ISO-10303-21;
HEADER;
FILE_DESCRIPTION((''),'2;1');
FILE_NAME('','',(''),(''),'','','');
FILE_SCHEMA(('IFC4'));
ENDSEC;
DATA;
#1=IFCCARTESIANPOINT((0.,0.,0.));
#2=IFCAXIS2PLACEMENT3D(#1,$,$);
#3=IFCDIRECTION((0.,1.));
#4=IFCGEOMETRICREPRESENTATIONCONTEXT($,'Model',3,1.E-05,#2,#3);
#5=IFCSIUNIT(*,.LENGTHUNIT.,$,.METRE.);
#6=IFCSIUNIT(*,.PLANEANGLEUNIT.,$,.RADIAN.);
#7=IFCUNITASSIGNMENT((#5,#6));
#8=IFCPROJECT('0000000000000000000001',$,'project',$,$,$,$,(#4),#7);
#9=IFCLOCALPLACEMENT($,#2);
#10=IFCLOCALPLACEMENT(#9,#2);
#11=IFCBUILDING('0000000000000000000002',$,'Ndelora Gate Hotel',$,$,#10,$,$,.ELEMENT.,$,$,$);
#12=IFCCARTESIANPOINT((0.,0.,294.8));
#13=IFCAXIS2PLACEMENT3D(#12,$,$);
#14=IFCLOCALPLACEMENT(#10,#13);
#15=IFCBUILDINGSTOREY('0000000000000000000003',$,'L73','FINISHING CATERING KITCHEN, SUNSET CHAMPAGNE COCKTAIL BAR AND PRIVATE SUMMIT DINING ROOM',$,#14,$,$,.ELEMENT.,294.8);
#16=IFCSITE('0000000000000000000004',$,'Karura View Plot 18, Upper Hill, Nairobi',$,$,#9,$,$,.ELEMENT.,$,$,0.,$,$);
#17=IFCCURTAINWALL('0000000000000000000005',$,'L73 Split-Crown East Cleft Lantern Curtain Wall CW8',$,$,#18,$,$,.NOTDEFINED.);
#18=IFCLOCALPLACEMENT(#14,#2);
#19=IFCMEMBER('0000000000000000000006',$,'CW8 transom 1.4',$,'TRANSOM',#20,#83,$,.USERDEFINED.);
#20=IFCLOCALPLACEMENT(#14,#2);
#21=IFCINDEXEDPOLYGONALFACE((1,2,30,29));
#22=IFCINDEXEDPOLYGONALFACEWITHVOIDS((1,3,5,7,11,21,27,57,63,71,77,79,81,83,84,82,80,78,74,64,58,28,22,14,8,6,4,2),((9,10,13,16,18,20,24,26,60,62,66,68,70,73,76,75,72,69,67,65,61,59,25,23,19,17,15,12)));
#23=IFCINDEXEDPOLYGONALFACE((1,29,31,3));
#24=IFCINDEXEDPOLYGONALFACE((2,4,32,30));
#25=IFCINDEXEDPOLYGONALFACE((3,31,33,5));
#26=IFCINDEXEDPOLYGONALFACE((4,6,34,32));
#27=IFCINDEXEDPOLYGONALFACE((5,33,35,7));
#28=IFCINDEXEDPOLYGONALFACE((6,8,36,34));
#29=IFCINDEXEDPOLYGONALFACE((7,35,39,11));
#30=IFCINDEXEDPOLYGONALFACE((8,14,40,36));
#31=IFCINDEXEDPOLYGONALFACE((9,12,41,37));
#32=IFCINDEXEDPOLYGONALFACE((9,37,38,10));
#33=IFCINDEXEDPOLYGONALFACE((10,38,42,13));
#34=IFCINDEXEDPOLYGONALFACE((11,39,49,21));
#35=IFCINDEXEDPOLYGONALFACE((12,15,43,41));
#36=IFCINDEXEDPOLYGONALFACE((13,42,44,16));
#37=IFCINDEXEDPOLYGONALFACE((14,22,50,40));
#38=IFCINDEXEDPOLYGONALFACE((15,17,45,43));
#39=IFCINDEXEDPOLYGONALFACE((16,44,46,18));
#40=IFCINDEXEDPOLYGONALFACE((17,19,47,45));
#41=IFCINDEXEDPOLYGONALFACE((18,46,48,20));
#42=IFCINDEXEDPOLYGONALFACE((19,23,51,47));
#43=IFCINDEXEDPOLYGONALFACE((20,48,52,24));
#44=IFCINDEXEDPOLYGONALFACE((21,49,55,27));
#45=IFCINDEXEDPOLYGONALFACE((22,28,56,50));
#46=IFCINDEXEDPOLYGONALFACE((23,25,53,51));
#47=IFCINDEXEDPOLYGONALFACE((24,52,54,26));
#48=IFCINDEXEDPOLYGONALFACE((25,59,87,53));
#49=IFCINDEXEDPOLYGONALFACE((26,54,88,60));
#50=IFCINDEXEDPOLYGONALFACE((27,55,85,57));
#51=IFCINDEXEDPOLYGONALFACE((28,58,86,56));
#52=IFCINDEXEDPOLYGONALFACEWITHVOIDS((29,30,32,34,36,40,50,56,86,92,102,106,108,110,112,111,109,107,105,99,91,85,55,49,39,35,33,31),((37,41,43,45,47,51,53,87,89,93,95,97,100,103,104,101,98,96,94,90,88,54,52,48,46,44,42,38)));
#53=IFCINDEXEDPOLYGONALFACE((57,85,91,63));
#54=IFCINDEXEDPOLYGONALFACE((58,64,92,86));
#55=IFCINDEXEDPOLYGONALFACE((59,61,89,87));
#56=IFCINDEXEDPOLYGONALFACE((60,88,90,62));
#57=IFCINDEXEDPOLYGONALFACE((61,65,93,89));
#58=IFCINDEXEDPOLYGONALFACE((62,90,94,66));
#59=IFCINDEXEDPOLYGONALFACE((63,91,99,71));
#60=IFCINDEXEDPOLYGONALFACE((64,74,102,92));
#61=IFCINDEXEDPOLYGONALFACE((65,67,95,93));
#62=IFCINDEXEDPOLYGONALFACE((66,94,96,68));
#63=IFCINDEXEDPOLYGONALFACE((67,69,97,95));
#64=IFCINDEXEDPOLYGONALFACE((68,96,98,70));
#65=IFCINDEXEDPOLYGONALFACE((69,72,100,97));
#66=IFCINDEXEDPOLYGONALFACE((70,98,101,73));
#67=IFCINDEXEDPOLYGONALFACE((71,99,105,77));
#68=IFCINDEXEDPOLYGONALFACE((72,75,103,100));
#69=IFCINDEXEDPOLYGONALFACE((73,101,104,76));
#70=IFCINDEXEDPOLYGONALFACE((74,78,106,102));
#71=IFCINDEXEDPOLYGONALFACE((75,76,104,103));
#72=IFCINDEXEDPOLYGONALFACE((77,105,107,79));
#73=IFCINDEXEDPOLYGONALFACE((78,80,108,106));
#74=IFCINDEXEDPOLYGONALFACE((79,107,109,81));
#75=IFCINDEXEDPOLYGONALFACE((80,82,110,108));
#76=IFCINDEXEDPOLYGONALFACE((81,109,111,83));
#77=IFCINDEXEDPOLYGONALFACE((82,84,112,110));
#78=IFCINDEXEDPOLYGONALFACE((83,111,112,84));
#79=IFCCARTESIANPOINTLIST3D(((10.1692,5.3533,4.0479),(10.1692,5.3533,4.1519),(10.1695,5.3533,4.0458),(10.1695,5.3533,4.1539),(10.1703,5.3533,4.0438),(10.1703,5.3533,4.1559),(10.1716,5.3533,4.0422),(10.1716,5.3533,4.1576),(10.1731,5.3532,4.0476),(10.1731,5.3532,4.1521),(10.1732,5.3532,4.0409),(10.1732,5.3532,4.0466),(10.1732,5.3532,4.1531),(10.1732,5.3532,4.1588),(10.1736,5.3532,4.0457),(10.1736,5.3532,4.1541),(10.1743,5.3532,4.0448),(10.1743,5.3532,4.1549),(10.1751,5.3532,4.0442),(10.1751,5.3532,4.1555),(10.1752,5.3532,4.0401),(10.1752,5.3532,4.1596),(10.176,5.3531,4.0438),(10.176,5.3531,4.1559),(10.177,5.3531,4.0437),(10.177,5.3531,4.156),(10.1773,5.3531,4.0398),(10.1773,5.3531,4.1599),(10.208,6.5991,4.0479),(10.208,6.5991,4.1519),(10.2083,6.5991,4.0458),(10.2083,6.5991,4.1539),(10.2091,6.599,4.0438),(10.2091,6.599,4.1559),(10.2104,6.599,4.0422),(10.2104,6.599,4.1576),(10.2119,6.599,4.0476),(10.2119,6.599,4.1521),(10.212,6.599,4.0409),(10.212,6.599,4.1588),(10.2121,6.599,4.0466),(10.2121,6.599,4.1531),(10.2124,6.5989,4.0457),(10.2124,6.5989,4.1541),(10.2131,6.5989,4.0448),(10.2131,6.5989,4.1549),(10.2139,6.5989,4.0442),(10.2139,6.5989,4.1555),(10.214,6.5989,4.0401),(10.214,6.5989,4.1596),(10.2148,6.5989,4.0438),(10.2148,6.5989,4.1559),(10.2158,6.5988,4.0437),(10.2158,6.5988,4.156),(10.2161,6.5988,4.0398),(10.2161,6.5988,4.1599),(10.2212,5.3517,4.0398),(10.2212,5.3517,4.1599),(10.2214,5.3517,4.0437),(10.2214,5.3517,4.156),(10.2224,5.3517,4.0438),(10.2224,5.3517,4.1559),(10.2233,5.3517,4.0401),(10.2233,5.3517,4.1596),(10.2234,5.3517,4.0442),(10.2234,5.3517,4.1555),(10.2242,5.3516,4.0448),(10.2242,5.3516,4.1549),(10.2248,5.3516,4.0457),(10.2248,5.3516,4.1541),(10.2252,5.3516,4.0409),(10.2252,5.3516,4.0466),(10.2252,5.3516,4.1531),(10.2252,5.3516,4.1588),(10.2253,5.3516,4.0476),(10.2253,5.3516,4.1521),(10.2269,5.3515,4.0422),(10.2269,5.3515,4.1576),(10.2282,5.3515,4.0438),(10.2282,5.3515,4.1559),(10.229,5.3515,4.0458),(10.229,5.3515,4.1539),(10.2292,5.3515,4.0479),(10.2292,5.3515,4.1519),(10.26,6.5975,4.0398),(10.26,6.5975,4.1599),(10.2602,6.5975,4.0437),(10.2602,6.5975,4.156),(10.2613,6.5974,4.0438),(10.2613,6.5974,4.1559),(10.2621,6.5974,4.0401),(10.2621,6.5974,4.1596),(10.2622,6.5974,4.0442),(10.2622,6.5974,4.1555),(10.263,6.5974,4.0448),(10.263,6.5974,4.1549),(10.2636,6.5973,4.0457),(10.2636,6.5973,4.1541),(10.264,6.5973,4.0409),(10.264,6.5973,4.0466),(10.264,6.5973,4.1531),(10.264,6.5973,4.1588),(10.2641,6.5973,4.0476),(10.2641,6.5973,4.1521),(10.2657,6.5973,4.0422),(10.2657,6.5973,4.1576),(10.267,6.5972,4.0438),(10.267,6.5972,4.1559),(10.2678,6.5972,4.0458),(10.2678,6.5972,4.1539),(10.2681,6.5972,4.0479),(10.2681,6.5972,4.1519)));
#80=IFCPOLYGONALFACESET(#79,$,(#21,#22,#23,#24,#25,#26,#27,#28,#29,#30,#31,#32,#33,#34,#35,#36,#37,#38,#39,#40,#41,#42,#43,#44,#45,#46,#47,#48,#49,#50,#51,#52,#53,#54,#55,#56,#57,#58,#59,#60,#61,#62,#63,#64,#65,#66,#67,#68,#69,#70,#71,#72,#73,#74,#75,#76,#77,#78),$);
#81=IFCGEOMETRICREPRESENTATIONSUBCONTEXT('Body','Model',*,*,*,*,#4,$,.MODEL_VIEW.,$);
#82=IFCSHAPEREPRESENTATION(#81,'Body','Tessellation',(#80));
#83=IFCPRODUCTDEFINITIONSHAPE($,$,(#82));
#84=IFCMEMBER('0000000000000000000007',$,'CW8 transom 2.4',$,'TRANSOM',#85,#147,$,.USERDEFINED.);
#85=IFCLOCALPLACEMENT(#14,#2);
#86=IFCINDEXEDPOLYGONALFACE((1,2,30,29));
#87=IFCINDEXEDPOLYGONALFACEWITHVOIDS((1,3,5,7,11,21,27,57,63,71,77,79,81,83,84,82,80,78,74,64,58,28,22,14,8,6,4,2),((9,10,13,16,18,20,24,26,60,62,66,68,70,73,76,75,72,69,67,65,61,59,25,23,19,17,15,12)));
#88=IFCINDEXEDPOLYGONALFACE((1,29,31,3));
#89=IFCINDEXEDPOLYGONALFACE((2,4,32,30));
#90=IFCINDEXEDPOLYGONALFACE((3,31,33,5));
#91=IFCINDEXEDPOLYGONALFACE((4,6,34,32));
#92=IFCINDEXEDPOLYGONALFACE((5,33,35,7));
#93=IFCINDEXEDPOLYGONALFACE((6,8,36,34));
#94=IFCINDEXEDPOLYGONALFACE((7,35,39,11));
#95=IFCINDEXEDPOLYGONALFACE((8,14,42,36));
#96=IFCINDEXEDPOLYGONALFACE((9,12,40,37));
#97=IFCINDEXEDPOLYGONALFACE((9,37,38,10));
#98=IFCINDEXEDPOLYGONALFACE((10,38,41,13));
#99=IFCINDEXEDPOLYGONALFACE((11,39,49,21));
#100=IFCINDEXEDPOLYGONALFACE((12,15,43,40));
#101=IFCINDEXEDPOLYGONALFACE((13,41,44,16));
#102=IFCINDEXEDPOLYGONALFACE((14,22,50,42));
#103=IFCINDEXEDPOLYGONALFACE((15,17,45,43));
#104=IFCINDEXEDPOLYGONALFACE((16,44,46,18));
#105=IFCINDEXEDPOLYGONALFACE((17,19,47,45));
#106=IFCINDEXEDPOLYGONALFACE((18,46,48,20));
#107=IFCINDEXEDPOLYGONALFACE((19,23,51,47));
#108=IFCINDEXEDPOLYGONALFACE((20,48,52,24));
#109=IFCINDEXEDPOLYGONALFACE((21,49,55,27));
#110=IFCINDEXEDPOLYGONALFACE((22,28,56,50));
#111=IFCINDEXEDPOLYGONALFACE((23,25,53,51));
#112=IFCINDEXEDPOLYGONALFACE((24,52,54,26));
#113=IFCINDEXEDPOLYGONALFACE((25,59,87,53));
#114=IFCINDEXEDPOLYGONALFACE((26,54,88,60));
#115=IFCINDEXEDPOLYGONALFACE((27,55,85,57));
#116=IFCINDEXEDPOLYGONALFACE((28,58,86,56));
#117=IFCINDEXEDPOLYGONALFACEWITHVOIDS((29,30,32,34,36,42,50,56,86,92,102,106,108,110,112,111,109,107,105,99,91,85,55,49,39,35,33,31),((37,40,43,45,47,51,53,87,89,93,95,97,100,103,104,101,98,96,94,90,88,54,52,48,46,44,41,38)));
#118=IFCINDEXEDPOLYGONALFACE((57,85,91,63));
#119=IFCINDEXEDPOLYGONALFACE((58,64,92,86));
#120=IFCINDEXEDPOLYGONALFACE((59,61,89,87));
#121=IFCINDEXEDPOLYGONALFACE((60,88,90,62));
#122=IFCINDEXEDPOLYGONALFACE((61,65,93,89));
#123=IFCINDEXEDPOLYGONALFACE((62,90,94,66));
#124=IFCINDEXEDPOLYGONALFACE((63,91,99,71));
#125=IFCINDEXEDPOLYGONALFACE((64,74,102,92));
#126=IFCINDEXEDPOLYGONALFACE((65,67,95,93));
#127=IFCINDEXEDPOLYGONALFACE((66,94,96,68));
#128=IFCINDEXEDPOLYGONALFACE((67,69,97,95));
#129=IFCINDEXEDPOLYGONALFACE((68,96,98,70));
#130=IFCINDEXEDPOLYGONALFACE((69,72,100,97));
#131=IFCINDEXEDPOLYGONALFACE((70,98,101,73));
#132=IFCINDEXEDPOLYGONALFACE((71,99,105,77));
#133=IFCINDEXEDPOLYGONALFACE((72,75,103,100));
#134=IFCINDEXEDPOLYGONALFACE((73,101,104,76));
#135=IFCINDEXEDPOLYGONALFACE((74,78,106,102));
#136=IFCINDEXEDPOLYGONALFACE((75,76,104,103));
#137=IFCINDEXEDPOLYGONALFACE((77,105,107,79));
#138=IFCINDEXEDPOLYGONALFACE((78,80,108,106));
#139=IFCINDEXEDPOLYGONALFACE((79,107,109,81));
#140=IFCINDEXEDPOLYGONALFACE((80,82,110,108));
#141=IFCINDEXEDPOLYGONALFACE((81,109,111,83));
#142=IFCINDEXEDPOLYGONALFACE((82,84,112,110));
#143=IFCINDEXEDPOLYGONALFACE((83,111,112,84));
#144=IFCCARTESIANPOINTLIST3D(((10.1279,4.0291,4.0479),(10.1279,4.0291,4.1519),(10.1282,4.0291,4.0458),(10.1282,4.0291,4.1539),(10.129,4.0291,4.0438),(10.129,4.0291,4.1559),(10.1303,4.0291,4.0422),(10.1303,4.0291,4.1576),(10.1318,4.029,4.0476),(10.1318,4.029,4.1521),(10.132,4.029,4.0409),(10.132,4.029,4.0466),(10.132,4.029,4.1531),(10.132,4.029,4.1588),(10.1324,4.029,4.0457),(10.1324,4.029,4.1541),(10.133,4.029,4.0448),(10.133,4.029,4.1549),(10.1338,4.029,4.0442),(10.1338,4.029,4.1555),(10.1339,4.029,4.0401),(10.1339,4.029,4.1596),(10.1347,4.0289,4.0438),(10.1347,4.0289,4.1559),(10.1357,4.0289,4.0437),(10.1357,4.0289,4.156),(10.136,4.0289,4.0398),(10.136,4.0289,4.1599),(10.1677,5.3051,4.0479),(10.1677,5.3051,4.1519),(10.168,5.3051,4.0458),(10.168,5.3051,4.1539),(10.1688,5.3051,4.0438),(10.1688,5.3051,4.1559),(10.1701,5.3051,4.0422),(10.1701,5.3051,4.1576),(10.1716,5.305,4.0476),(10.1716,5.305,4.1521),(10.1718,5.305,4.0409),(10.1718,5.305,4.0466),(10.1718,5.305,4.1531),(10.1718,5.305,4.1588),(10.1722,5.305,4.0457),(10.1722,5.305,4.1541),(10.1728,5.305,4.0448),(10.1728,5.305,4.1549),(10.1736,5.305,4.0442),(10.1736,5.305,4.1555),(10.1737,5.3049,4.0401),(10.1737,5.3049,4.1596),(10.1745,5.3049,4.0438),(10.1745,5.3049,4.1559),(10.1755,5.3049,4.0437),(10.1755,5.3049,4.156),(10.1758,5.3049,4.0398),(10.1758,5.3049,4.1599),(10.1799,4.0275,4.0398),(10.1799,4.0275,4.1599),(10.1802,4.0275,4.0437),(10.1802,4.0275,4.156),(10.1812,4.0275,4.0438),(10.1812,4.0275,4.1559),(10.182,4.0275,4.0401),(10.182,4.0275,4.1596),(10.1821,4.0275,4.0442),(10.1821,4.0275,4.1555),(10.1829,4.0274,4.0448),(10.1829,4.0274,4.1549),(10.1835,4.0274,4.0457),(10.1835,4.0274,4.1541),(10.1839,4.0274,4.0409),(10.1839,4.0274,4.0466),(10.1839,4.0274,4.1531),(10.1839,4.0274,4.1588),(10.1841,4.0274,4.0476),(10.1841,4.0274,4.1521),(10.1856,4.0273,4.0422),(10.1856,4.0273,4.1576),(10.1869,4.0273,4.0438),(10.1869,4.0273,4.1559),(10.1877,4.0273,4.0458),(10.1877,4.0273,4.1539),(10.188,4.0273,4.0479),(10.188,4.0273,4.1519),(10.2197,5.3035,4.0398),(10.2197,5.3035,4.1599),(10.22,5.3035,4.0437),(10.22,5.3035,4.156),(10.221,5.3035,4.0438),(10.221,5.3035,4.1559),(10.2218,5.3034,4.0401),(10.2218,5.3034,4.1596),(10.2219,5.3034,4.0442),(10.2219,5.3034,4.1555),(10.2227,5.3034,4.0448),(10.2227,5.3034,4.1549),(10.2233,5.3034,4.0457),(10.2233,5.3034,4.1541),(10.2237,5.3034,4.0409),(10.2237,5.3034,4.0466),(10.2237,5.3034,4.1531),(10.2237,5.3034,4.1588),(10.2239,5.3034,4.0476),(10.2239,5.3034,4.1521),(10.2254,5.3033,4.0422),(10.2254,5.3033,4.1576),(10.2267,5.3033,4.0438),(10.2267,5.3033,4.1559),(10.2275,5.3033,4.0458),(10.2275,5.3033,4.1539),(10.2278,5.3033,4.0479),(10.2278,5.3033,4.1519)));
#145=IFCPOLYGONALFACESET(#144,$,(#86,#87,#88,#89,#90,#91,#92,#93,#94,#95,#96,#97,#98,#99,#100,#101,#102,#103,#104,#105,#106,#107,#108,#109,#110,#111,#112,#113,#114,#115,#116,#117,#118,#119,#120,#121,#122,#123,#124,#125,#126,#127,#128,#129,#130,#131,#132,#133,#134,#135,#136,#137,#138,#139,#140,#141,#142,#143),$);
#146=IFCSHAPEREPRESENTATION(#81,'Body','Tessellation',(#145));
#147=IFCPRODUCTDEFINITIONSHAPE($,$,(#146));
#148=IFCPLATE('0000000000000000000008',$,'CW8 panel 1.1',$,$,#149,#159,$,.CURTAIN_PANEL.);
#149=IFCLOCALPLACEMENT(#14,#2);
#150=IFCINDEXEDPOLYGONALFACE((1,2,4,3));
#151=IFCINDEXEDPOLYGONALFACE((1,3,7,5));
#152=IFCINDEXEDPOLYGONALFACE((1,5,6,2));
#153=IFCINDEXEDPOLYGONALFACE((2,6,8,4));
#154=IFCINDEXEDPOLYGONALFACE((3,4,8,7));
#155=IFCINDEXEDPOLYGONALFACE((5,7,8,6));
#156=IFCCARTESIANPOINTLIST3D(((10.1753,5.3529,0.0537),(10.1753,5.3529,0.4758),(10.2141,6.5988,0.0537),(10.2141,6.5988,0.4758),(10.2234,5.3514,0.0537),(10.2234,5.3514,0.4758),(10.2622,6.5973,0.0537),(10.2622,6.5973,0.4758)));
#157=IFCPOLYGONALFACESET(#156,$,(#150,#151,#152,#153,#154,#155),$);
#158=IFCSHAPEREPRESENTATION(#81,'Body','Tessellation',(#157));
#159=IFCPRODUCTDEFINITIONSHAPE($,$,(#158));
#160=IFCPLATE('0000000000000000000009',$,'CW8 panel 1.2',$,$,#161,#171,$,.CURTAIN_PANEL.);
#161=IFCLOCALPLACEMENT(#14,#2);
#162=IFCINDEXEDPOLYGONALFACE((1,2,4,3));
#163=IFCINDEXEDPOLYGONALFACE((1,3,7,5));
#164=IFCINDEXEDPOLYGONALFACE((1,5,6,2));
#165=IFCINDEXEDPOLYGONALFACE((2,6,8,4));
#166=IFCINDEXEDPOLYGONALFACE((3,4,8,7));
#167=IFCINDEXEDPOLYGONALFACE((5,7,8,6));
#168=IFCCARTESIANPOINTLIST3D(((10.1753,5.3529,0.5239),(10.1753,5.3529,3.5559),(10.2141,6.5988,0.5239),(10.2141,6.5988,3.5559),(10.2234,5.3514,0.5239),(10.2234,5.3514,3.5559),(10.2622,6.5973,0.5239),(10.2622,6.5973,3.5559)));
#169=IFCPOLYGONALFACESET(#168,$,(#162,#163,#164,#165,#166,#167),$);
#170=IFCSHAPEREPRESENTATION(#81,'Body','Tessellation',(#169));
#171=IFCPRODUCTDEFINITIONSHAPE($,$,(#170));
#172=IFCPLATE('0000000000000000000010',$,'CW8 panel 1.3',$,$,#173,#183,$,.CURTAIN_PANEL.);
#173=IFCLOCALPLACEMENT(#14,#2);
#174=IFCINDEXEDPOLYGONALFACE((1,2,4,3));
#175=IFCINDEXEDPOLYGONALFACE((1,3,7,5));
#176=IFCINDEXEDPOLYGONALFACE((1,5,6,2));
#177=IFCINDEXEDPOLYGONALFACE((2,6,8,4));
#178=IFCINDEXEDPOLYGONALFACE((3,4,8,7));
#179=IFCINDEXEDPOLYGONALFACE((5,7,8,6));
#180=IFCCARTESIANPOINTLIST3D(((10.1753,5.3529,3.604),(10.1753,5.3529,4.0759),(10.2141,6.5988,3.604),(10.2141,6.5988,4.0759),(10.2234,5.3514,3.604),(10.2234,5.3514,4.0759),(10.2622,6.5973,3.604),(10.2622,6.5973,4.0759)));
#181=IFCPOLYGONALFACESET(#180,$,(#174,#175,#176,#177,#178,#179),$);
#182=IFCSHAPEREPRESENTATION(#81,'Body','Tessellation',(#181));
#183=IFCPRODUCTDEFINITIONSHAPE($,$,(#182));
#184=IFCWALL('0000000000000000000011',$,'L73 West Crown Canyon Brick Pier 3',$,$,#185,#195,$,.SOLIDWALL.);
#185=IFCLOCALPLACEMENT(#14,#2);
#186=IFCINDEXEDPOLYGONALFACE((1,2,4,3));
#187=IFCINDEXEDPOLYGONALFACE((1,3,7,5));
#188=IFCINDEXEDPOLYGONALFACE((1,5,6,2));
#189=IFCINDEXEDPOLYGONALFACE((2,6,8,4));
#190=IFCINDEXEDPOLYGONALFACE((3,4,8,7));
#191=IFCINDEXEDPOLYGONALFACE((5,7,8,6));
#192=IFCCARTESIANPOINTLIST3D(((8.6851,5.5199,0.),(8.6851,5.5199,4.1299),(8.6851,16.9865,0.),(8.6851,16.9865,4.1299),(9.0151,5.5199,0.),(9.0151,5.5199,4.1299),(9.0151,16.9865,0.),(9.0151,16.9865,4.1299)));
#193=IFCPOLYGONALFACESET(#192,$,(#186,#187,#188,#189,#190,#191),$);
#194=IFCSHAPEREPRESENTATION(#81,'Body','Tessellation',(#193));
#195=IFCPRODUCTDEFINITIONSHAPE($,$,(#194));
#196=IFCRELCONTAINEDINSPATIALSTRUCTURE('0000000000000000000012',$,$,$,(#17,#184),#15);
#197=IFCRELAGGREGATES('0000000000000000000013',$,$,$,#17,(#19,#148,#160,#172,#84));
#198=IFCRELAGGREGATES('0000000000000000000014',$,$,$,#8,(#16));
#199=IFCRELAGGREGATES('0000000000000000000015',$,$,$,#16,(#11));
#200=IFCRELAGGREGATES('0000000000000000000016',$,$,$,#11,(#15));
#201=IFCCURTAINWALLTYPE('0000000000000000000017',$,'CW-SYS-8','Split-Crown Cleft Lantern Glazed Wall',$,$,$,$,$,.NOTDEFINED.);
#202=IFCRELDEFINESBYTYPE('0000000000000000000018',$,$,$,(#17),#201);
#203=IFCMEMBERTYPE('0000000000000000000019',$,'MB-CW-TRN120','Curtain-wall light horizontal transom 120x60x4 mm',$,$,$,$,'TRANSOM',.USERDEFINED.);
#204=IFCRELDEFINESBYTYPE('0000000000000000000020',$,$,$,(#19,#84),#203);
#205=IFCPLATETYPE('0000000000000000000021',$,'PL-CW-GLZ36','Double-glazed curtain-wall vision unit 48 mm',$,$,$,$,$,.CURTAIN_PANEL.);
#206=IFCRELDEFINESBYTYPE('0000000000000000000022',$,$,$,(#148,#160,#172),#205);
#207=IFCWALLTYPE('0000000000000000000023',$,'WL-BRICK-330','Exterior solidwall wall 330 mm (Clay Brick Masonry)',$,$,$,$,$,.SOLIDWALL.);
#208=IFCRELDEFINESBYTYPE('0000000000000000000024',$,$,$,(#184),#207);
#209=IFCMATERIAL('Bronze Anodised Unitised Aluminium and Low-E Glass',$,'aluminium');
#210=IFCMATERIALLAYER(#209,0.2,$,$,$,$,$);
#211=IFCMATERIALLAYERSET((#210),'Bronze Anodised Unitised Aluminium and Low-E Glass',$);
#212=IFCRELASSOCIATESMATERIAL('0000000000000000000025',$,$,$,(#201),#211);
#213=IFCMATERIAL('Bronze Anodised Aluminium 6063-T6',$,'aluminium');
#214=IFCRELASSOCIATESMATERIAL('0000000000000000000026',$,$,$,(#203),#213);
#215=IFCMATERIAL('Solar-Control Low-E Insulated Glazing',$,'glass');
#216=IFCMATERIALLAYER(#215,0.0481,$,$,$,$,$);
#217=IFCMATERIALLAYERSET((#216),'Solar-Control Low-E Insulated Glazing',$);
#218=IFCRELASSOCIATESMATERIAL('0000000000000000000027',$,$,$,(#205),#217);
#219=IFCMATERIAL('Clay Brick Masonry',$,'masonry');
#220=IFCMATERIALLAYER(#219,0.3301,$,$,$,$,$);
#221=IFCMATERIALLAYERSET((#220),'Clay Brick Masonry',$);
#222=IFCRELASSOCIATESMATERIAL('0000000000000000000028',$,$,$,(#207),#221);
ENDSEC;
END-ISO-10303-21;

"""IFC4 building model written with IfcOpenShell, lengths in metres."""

from ifc_helpers import new_model, si_unit, direction, frame, frame_2d, origin, origin_2d, place, context, subcontext, project, spatial, rectangle, hollow_rectangle, extrude, material, layer, layer_set, material_profile, profile_set, type_object, element, aggregate, save


model = new_model("IFC4")

# Units and contexts
model_context = context("Model", 3, precision=1e-05, world=origin(), true_north=direction((0.0, 1.0)))
body_context = subcontext(model_context, "Body", "Model", "MODEL_VIEW")
ifc_project = project(units=[si_unit("LENGTHUNIT", "METRE"), si_unit("PLANEANGLEUNIT", "RADIAN")], contexts=[model_context])

# Site, building, storey
site_placement = place(None, origin())
site = spatial("IfcSite", under=ifc_project, at=site_placement, Name="Karura View Plot 18, Upper Hill, Nairobi", CompositionType="ELEMENT", RefElevation=0.0)
building_placement = place(site_placement, origin())
building = spatial("IfcBuilding", under=site, at=building_placement, Name="Ndelora Gate Hotel", CompositionType="ELEMENT")
storey_placement = place(building_placement, frame((0.0, 0.0, 294.8)))
storey = spatial("IfcBuildingStorey", under=building, at=storey_placement, Name="L73", Description="FINISHING CATERING KITCHEN, SUNSET CHAMPAGNE COCKTAIL BAR AND PRIVATE SUMMIT DINING ROOM", CompositionType="ELEMENT", Elevation=294.8)

# Shared definitions
ifc_material_1 = material(Name="Bronze Anodised Unitised Aluminium and Low-E Glass", Category="aluminium")
ifc_layer_1 = layer(ifc_material_1, 0.2)
ifc_layer_set_1 = layer_set([ifc_layer_1], Name="Bronze Anodised Unitised Aluminium and Low-E Glass")
curtain_wall_type = type_object("IfcCurtainWallType", Name="CW-SYS-8", Description="Split-Crown Cleft Lantern Glazed Wall", PredefinedType="NOTDEFINED", material=ifc_layer_set_1)
ifc_material_2 = material(Name="Bronze Anodised Aluminium 6063-T6", Category="aluminium")

# Curtain wall, members, plates
curtain_wall_1_placement = place(storey_placement, origin())
curtain_wall_1 = element("IfcCurtainWall", 1, at=curtain_wall_1_placement, inside=storey, type_object=curtain_wall_type, Name="L73 Split-Crown East Cleft Lantern Curtain Wall CW8", PredefinedType="NOTDEFINED")
ifc_material_profile_1 = material_profile(ifc_material_2, hollow_rectangle(XDim=0.0601, YDim=0.1201, WallThickness=0.0039, InnerFilletRadius=0.0039, OuterFilletRadius=0.0081, at=origin_2d()), Name="ALU 120x60x4")
ifc_profile_set_1 = profile_set([ifc_material_profile_1], Name="Bronze Anodised Aluminium 6063-T6")
member_type_1 = type_object("IfcMemberType", Name="MB-CW-TRN120", Description="Curtain-wall light horizontal transom 120x60x4 mm", ElementType="TRANSOM", PredefinedType="USERDEFINED", material=ifc_profile_set_1)
member_1_placement = place(storey_placement, frame((10.238, 6.5981, 4.0999), z_axis=(-0.031143, -0.999515, 0.0), x_axis=(0.999515, -0.031143, 0.0)))
member_1 = element("IfcMember", 2, at=member_1_placement, type_object=member_type_1, Name="CW8 transom 1.4", ObjectType="TRANSOM", PredefinedType="USERDEFINED", context=body_context, shape_type="SweptSolid", body=[
    extrude(hollow_rectangle(XDim=0.0601, YDim=0.1201, WallThickness=0.0039, InnerFilletRadius=0.0039, OuterFilletRadius=0.0081, at=origin_2d()), origin(), (0.0, 0.0, 1.0), 1.2463),
])
member_2_placement = place(storey_placement, frame((10.1978, 5.3042, 4.0999), z_axis=(-0.031175, -0.999514, 0.0), x_axis=(0.999514, -0.031175, 0.0)))
member_2 = element("IfcMember", 3, at=member_2_placement, type_object=member_type_1, Name="CW8 transom 2.4", ObjectType="TRANSOM", PredefinedType="USERDEFINED", context=body_context, shape_type="SweptSolid", body=[
    extrude(hollow_rectangle(XDim=0.0601, YDim=0.1201, WallThickness=0.0039, InnerFilletRadius=0.0039, OuterFilletRadius=0.0081, at=origin_2d()), origin(), (0.0, 0.0, 1.0), 1.2766),
])
ifc_material_3 = material(Name="Solar-Control Low-E Insulated Glazing", Category="glass")
ifc_layer_2 = layer(ifc_material_3, 0.0481)
ifc_layer_set_2 = layer_set([ifc_layer_2], Name="Solar-Control Low-E Insulated Glazing")
plate_type = type_object("IfcPlateType", Name="PL-CW-GLZ36", Description="Double-glazed curtain-wall vision unit 48 mm", PredefinedType="CURTAIN_PANEL", material=ifc_layer_set_2)
plate_1_placement = place(storey_placement, frame((10.2188, 5.9751, 0.0537), z_axis=(0.0, 0.0, 1.0), x_axis=(-0.031131, -0.999515, 0.0)))
plate_1 = element("IfcPlate", 4, at=plate_1_placement, type_object=plate_type, Name="CW8 panel 1.1", PredefinedType="CURTAIN_PANEL", context=body_context, shape_type="SweptSolid", body=[
    extrude(rectangle(XDim=1.2466, YDim=0.0481, at=origin_2d()), origin(), (0.0, 0.0, 1.0), 0.4221),
])
plate_2_placement = place(storey_placement, frame((10.2188, 5.9751, 0.5239), z_axis=(0.0, 0.0, 1.0), x_axis=(-0.031131, -0.999515, 0.0)))
plate_2 = element("IfcPlate", 5, at=plate_2_placement, type_object=plate_type, Name="CW8 panel 1.2", PredefinedType="CURTAIN_PANEL", context=body_context, shape_type="SweptSolid", body=[
    extrude(rectangle(XDim=1.2466, YDim=0.0481, at=origin_2d()), origin(), (0.0, 0.0, 1.0), 3.032),
])
plate_3_placement = place(storey_placement, frame((10.2188, 5.9751, 3.604), z_axis=(0.0, 0.0, 1.0), x_axis=(-0.031131, -0.999515, 0.0)))
plate_3 = element("IfcPlate", 6, at=plate_3_placement, type_object=plate_type, Name="CW8 panel 1.3", PredefinedType="CURTAIN_PANEL", context=body_context, shape_type="SweptSolid", body=[
    extrude(rectangle(XDim=1.2466, YDim=0.0481, at=origin_2d()), origin(), (0.0, 0.0, 1.0), 0.4719),
])
aggregate(curtain_wall_1, [member_1, plate_1, plate_2, plate_3, member_2])

# Wall
ifc_material_4 = material(Name="Clay Brick Masonry", Category="masonry")
ifc_layer_3 = layer(ifc_material_4, 0.3301)
ifc_layer_set_3 = layer_set([ifc_layer_3], Name="Clay Brick Masonry")
wall_type_1 = type_object("IfcWallType", Name="WL-BRICK-330", Description="Exterior solidwall wall 330 mm (Clay Brick Masonry)", PredefinedType="SOLIDWALL", material=ifc_layer_set_3)
wall_1_placement = place(storey_placement, frame((8.8501, 16.9866, 0.0), z_axis=(0.0, 0.0, 1.0), x_axis=(0.0, -1.0, 0.0)))
element("IfcWall", 7, at=wall_1_placement, inside=storey, type_object=wall_type_1, Name="L73 West Crown Canyon Brick Pier 3", PredefinedType="SOLIDWALL", context=body_context, shape_type="SweptSolid", body=[
    extrude(rectangle(XDim=11.4666, YDim=0.3301, at=frame_2d((5.7334, 0.0))), origin(), (0.0, 0.0, 1.0), 4.1299),
])

save(model, "model.ifc")
